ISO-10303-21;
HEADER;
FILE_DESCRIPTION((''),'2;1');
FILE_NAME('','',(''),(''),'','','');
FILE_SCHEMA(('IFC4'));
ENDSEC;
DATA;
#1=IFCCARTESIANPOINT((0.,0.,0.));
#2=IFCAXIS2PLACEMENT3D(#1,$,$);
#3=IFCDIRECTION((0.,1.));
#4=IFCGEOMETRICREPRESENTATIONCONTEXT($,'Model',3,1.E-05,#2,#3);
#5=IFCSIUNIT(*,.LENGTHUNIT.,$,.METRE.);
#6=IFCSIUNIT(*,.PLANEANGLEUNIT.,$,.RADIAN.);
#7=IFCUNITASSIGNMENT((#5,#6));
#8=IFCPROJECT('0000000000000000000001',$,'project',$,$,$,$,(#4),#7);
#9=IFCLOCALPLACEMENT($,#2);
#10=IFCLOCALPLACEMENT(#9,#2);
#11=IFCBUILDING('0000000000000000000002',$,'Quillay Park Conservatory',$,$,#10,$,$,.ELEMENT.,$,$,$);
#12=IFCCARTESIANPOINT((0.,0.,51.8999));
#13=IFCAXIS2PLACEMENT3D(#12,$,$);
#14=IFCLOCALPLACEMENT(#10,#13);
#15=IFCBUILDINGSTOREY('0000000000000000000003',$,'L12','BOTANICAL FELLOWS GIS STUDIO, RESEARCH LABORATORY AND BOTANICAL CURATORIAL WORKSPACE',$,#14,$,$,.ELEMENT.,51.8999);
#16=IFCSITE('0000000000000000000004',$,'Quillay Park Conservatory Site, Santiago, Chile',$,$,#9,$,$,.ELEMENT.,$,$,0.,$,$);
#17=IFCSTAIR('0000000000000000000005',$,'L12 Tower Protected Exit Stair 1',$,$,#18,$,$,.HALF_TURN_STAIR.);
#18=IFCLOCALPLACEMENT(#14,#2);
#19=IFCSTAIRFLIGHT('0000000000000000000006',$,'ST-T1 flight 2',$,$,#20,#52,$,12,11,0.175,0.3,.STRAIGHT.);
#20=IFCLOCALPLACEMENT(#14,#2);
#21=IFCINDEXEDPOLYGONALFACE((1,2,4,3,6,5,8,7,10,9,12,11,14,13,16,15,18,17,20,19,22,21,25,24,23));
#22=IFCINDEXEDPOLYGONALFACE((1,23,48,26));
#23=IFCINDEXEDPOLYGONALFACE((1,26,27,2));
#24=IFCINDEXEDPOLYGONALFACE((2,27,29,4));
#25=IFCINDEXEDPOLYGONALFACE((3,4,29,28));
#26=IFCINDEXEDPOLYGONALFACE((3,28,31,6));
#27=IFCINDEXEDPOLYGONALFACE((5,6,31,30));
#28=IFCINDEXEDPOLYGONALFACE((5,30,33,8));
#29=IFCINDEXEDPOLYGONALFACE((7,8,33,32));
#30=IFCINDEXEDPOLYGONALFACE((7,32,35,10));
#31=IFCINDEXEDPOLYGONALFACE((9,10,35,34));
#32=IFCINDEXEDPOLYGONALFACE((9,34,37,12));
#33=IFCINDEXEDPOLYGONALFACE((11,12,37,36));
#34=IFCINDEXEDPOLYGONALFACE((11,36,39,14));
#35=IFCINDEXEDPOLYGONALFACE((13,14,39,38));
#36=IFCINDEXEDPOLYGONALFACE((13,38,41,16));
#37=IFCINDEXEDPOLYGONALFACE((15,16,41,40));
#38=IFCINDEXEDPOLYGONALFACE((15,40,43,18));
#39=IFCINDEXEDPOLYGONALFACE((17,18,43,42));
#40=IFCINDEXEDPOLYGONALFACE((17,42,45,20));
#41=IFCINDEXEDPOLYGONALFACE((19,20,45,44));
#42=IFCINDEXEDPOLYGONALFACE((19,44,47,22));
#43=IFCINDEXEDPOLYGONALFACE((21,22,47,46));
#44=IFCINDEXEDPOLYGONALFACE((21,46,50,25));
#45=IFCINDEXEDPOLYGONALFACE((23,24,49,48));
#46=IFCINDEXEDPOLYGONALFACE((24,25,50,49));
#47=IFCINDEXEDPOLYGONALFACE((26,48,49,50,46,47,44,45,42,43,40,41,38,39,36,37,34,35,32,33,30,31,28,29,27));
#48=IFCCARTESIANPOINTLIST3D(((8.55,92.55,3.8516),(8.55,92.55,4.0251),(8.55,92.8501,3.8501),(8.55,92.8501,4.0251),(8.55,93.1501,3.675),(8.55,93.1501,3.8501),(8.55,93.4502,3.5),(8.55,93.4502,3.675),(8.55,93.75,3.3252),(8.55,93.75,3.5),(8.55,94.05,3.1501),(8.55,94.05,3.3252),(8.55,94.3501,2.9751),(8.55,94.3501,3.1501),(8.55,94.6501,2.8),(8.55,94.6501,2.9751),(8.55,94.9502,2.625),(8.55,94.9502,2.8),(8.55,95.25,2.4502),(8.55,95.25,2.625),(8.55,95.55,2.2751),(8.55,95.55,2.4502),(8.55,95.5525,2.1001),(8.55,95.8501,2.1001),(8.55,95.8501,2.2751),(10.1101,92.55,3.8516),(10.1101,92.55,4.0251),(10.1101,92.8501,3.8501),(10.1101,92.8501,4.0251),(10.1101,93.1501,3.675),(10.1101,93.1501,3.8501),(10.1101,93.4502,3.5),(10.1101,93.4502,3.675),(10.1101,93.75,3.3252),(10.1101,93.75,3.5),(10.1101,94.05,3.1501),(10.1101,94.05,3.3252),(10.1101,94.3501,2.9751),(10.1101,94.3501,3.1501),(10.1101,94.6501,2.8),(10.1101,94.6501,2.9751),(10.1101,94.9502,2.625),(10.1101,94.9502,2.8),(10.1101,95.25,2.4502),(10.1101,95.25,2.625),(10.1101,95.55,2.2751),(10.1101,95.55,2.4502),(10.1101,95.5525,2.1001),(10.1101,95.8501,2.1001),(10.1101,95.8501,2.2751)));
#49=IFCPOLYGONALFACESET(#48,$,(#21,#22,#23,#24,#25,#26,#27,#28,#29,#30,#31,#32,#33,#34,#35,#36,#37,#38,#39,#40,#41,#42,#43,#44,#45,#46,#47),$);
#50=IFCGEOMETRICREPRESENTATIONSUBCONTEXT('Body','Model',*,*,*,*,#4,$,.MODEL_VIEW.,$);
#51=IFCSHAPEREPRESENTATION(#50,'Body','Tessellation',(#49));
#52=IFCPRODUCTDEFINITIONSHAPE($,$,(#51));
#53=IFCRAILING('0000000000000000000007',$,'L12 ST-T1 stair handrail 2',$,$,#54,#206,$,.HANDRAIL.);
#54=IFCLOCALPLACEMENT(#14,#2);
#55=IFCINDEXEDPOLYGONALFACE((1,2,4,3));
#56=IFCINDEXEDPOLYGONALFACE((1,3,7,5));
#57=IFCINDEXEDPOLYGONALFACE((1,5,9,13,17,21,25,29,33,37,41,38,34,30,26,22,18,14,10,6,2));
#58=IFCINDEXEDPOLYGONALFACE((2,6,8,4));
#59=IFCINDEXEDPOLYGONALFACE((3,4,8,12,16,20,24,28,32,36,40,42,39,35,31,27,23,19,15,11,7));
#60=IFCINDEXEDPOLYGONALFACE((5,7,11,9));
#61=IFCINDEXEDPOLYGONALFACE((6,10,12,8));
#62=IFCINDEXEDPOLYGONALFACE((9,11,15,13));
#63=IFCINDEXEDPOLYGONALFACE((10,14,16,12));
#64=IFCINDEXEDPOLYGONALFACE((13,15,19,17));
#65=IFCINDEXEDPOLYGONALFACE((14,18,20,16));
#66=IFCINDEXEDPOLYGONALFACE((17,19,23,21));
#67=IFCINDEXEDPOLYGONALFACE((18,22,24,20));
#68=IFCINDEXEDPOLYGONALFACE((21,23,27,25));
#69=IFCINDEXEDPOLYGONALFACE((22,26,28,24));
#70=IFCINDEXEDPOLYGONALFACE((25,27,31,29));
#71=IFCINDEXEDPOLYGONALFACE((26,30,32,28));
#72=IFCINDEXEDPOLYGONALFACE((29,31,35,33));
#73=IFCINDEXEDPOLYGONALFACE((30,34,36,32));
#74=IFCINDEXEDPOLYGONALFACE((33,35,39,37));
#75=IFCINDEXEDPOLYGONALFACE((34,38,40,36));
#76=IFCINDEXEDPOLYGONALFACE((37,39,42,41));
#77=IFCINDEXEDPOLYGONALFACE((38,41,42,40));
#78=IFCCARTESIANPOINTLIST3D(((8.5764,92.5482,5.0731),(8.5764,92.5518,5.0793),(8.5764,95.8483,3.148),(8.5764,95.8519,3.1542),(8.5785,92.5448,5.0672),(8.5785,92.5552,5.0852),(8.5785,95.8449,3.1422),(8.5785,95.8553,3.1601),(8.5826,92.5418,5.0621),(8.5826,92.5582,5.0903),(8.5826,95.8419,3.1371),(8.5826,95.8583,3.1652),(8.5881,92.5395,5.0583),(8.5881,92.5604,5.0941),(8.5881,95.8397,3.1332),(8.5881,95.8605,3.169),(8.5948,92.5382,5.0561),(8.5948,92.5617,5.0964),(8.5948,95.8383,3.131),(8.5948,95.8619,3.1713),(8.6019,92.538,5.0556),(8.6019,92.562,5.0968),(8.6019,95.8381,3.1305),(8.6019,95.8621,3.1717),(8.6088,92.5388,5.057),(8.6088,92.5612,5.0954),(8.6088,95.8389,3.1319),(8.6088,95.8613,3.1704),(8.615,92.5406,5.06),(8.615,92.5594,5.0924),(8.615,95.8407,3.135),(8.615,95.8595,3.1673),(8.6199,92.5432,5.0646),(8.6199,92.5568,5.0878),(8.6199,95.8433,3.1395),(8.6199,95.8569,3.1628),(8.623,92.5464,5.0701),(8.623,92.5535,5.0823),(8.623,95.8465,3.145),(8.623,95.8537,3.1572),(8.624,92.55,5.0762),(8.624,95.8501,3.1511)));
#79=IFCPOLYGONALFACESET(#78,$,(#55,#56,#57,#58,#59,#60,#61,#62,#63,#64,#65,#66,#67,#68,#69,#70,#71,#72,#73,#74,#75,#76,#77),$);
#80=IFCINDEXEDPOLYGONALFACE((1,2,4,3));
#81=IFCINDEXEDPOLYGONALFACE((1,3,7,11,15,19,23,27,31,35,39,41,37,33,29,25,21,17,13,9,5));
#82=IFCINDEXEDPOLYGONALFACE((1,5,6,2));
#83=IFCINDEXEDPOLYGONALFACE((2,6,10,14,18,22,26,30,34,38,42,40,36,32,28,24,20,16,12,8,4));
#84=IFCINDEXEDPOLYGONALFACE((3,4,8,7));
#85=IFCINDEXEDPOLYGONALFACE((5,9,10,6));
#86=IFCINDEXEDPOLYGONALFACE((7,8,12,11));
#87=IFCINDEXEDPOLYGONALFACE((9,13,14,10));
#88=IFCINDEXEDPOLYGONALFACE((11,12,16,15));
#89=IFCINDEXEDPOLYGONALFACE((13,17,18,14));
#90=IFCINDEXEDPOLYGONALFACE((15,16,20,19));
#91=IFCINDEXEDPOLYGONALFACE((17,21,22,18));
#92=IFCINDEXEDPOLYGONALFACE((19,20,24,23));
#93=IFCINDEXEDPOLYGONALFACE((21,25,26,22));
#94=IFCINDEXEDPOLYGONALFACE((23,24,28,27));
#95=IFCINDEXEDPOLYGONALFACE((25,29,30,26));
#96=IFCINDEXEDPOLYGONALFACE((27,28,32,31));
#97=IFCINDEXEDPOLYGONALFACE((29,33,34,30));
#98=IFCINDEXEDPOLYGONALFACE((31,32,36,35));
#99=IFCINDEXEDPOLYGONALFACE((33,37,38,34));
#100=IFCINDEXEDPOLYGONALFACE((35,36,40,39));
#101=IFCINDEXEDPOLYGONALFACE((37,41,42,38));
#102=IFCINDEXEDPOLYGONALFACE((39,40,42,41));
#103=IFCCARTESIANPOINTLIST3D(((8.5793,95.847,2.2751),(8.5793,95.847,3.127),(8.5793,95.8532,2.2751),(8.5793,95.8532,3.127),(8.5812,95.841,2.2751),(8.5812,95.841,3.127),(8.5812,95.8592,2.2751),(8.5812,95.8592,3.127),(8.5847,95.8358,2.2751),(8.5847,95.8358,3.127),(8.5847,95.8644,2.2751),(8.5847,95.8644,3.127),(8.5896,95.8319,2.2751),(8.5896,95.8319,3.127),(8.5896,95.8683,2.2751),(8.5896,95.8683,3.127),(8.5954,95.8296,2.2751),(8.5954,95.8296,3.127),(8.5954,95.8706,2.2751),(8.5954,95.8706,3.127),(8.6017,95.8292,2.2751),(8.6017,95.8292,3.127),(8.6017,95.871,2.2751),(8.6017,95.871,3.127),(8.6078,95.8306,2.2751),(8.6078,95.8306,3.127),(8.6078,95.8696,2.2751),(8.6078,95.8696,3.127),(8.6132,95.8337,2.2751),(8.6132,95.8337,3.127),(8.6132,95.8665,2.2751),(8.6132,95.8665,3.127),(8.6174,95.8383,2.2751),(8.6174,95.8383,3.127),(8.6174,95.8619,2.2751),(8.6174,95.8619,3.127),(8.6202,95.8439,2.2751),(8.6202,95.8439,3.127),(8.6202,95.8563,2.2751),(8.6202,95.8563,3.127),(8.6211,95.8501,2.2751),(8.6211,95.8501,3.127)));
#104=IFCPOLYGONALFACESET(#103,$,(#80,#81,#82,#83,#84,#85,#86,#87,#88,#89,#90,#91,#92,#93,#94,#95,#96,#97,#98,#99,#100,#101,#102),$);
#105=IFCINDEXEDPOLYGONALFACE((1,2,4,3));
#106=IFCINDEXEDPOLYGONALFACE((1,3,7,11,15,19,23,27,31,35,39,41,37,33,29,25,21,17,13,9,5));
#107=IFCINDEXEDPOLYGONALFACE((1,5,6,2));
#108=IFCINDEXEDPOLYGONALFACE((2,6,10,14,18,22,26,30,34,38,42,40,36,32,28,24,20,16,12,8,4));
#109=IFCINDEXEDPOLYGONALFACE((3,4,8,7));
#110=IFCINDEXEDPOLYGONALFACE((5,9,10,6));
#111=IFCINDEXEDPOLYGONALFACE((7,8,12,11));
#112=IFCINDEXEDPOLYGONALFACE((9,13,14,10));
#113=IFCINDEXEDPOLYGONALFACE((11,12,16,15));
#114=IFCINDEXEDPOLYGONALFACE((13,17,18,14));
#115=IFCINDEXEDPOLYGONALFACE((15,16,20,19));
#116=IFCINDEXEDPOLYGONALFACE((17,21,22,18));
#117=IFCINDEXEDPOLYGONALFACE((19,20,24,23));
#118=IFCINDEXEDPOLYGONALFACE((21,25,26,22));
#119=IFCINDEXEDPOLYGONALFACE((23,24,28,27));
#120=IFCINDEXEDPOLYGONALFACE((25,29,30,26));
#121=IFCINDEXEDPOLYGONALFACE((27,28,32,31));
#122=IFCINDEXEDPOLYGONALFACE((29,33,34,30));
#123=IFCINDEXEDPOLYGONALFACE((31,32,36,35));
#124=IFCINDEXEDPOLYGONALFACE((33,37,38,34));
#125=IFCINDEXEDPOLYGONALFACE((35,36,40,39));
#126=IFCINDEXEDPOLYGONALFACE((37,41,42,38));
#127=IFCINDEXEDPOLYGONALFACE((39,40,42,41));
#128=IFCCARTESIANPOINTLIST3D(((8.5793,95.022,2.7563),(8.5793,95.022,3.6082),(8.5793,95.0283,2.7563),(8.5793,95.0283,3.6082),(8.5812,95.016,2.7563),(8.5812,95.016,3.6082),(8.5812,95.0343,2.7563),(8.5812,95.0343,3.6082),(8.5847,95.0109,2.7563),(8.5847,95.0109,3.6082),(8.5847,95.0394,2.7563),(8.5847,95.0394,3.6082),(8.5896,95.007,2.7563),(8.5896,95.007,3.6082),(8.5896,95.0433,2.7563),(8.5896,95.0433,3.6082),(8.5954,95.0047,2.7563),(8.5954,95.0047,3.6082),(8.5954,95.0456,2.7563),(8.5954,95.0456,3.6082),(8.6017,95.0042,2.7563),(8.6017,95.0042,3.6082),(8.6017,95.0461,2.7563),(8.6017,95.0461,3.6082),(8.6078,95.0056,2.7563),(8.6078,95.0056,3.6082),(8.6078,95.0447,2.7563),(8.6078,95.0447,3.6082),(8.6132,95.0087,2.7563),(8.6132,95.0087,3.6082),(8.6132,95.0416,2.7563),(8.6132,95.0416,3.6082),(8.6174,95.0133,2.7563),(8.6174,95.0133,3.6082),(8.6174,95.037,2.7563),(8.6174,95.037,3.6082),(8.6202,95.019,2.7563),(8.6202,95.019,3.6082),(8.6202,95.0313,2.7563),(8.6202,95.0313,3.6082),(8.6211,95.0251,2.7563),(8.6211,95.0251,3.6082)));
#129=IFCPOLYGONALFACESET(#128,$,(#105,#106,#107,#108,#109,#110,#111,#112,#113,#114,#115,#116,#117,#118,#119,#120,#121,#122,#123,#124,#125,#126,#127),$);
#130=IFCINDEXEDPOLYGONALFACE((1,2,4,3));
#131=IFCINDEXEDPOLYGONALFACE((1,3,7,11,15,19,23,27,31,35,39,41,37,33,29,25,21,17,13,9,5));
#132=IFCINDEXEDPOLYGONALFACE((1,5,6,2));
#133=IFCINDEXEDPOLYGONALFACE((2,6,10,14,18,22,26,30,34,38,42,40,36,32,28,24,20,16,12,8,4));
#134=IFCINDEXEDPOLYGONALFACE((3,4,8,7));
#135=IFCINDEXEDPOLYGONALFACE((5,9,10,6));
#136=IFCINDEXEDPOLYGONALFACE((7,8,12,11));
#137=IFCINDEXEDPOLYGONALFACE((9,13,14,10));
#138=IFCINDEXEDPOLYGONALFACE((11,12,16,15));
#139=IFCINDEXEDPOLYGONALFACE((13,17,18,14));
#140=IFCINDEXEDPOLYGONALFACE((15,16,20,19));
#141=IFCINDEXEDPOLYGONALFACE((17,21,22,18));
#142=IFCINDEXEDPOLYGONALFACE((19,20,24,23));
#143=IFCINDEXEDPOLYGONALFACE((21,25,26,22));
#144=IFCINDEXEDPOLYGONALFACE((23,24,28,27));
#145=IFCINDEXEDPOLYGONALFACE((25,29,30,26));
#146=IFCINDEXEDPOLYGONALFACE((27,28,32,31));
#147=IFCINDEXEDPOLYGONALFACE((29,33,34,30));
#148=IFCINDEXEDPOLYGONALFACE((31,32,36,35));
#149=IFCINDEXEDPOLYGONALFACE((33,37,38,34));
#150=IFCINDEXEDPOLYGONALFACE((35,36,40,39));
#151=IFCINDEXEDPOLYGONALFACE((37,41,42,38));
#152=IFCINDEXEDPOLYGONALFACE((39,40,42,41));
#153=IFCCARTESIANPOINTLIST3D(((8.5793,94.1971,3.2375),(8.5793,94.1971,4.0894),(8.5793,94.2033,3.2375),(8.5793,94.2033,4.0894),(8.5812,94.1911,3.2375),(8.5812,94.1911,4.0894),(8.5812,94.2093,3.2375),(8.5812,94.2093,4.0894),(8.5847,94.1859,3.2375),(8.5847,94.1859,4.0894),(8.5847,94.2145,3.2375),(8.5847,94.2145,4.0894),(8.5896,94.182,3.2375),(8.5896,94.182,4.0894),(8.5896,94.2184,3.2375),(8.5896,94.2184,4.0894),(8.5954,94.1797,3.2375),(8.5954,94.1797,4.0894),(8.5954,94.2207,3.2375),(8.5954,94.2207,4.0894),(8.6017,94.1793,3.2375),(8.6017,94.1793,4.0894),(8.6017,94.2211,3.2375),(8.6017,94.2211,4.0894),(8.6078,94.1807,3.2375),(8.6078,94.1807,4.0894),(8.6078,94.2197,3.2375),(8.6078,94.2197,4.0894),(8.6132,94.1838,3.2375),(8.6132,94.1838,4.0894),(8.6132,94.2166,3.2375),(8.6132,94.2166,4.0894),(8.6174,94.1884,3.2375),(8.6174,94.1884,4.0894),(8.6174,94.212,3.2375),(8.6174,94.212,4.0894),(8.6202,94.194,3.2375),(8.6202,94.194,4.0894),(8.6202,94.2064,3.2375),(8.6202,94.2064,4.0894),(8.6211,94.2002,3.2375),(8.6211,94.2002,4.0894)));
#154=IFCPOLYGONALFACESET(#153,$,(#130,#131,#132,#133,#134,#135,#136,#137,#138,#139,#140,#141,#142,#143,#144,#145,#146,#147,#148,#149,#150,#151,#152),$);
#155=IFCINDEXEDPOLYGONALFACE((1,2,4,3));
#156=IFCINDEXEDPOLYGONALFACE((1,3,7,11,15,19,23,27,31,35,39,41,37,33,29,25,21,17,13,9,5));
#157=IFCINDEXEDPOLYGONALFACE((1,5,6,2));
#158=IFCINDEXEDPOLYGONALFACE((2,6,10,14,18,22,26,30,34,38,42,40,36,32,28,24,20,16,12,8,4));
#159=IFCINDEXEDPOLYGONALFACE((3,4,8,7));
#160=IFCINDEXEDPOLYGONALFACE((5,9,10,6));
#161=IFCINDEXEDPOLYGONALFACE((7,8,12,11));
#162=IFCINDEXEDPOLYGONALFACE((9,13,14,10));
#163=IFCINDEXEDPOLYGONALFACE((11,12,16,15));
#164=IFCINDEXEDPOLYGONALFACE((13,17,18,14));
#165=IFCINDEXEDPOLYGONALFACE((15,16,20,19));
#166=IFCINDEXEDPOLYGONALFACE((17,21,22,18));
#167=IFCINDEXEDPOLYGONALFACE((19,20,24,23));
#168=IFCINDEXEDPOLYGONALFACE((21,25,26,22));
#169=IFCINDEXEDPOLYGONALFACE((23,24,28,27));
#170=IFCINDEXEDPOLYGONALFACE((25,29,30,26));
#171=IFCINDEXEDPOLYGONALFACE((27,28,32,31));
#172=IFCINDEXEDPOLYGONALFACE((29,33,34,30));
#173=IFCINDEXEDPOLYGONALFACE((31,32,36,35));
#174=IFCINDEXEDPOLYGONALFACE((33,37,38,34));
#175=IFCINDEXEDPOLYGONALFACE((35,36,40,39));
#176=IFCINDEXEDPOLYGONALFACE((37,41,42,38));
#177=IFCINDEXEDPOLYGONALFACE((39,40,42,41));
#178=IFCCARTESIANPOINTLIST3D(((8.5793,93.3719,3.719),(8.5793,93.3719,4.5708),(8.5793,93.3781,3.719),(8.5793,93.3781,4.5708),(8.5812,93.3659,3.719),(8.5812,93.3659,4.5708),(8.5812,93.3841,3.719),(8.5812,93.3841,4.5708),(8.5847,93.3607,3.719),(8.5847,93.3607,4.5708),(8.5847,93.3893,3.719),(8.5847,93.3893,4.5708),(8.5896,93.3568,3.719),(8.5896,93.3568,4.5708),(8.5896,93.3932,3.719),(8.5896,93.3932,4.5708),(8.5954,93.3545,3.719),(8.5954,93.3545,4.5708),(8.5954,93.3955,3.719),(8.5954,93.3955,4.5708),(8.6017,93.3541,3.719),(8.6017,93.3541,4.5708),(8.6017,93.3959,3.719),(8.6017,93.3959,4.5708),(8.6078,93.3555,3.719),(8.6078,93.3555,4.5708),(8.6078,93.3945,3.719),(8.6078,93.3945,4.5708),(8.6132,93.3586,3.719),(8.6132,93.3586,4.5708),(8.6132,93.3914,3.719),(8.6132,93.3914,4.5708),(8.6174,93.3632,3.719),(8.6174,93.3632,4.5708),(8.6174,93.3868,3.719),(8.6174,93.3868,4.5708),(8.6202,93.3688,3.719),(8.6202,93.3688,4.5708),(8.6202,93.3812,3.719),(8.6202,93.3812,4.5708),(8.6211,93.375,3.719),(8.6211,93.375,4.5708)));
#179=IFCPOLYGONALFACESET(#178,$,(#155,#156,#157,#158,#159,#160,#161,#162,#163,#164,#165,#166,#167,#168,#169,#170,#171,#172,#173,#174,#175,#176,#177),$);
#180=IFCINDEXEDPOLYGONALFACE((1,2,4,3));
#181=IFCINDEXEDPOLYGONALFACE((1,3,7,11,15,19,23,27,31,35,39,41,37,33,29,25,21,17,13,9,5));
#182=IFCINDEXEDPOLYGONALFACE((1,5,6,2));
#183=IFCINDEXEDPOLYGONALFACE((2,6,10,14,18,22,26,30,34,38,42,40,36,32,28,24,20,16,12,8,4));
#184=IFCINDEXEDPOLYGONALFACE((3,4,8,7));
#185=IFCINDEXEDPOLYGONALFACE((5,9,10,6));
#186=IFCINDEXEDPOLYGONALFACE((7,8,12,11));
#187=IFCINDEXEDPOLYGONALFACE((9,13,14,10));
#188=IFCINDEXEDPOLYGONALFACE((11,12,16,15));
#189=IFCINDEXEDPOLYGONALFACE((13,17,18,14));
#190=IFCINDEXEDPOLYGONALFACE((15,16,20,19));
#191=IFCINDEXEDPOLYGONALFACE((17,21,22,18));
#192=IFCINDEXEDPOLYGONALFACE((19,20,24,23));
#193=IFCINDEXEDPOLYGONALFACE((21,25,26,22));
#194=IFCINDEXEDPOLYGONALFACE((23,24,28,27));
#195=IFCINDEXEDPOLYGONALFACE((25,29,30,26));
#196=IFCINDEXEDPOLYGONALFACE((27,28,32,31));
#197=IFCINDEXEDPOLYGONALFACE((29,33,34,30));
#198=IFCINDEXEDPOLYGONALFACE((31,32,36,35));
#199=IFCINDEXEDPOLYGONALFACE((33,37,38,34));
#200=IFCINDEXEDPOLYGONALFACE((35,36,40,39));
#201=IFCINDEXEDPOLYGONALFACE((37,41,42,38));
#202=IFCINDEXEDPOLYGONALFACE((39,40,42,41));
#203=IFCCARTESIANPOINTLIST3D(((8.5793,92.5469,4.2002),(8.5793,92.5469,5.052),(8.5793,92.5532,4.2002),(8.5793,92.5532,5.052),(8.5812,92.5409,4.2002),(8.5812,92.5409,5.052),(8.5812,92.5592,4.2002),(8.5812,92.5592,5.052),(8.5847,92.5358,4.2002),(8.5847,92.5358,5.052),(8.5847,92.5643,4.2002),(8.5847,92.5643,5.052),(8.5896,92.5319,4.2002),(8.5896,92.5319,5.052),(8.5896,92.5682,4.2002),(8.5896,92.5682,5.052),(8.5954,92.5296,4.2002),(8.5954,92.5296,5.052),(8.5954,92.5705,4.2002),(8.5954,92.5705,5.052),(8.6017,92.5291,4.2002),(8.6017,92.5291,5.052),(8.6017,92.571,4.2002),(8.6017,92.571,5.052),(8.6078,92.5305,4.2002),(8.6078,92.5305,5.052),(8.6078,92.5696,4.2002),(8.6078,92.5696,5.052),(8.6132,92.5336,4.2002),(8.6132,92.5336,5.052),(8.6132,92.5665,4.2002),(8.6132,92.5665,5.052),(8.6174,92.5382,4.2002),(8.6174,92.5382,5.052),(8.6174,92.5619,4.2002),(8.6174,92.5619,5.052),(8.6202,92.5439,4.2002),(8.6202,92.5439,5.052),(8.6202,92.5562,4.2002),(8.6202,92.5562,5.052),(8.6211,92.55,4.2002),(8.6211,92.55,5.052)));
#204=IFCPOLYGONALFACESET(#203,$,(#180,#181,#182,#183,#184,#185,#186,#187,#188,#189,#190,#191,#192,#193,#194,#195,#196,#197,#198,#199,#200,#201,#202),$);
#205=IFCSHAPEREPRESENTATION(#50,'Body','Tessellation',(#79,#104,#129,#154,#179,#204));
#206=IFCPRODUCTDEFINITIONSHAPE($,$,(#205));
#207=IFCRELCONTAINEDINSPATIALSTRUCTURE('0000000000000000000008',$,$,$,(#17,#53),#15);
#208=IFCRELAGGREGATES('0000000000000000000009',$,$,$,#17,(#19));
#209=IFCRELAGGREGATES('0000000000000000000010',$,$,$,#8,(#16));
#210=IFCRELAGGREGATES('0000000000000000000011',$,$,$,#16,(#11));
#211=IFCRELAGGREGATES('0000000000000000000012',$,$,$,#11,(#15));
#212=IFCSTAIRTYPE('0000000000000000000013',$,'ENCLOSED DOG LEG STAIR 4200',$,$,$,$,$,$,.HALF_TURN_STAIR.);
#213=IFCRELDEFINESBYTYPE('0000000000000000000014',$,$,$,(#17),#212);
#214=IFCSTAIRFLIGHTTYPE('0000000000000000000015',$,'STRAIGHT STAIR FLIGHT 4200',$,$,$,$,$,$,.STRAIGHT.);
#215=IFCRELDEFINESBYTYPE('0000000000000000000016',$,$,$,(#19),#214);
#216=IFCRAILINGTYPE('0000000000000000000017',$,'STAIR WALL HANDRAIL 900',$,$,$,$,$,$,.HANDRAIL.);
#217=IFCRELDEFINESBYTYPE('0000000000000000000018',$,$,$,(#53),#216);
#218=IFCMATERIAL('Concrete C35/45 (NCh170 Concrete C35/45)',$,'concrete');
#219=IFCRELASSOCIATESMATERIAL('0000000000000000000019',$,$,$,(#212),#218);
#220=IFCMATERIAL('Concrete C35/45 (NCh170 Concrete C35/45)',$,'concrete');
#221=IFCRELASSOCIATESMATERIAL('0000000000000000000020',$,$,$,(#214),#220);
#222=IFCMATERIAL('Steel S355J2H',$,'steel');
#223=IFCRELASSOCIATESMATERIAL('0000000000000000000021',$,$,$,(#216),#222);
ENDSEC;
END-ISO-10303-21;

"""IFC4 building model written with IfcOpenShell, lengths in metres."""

from ifc_helpers import new_model, si_unit, direction, frame, origin, origin_2d, place, context, subcontext, project, spatial, polyline, circle, outline, extrude, material, type_object, element, aggregate, save


model = new_model("IFC4")

# Units and contexts
model_context = context("Model", 3, precision=1e-05, world=origin(), true_north=direction((0.0, 1.0)))
body_context = subcontext(model_context, "Body", "Model", "MODEL_VIEW")
ifc_project = project(units=[si_unit("LENGTHUNIT", "METRE"), si_unit("PLANEANGLEUNIT", "RADIAN")], contexts=[model_context])

# Site, building, storey
site_placement = place(None, origin())
site = spatial("IfcSite", under=ifc_project, at=site_placement, Name="Quillay Park Conservatory Site, Santiago, Chile", CompositionType="ELEMENT", RefElevation=0.0)
building_placement = place(site_placement, origin())
building = spatial("IfcBuilding", under=site, at=building_placement, Name="Quillay Park Conservatory", CompositionType="ELEMENT")
storey_placement = place(building_placement, frame((0.0, 0.0, 51.8999)))
storey = spatial("IfcBuildingStorey", under=building, at=storey_placement, Name="L12", Description="BOTANICAL FELLOWS GIS STUDIO, RESEARCH LABORATORY AND BOTANICAL CURATORIAL WORKSPACE", CompositionType="ELEMENT", Elevation=51.8999)

# Stair, stair flight
ifc_material_1 = material(Name="Concrete C35/45 (NCh170 Concrete C35/45)", Category="concrete")
stair_type = type_object("IfcStairType", Name="ENCLOSED DOG LEG STAIR 4200", PredefinedType="HALF_TURN_STAIR", material=ifc_material_1)
stair_placement = place(storey_placement, origin())
stair = element("IfcStair", 1, at=stair_placement, inside=storey, type_object=stair_type, Name="L12 Tower Protected Exit Stair 1", PredefinedType="HALF_TURN_STAIR")
ifc_material_2 = material(Name="Concrete C35/45 (NCh170 Concrete C35/45)", Category="concrete")
stair_flight_type = type_object("IfcStairFlightType", Name="STRAIGHT STAIR FLIGHT 4200", PredefinedType="STRAIGHT", material=ifc_material_2)
stair_flight_placement = place(storey_placement, frame((9.3301, 95.8501, 2.1001), z_axis=(0.0, 0.0, 1.0), x_axis=(0.0, -1.0, 0.0)))
stair_flight = element("IfcStairFlight", 2, at=stair_flight_placement, type_object=stair_flight_type, Name="ST-T1 flight 2", NumberOfRisers=12, NumberOfTreads=11, PredefinedType="STRAIGHT", RiserHeight=0.175, TreadLength=0.3, context=body_context, shape_type="SweptSolid", body=[
    extrude(outline(polyline([(0.0, 0.0), (0.0, 0.175), (0.3, 0.175), (0.3, 0.3501), (0.6001, 0.3501), (0.6001, 0.5249), (0.8999, 0.5249), (0.8999, 0.7), (1.2, 0.7), (1.2, 0.875), (1.5, 0.875), (1.5, 1.05), (1.8, 1.05), (1.8, 1.2251), (2.1001, 1.2251), (2.1001, 1.3999), (2.3999, 1.3999), (2.3999, 1.575), (2.7, 1.575), (2.7, 1.75), (3.0, 1.75), (3.0, 1.925), (3.3, 1.925), (3.3, 2.1001), (3.3, 1.7515), (0.2976, 0.0), (0.0, 0.0)])), frame((0.0, 0.78, 0.0), z_axis=(0.0, -1.0, 0.0), x_axis=(1.0, 0.0, 0.0)), (0.0, 0.0, 1.0), 1.5601),
])
aggregate(stair, [stair_flight])

# Railing
ifc_material_3 = material(Name="Steel S355J2H", Category="steel")
railing_type_1 = type_object("IfcRailingType", Name="STAIR WALL HANDRAIL 900", PredefinedType="HANDRAIL", material=ifc_material_3)
railing_1_placement = place(storey_placement, frame((8.6001, 95.8501, 2.2751)))
element("IfcRailing", 3, at=railing_1_placement, inside=storey, type_object=railing_type_1, Name="L12 ST-T1 stair handrail 2", PredefinedType="HANDRAIL", context=body_context, shape_type="SweptSolid", body=[
    extrude(circle(Radius=0.0239, at=origin_2d()), frame((0.0, 0.0, 0.876), z_axis=(0.0, -0.863777, 0.503875), x_axis=(1.0, 0.0, 0.0)), (0.0, 0.0, 1.0), 3.8206),
    extrude(circle(Radius=0.021, at=origin_2d()), origin(), (0.0, 0.0, 1.0), 0.8518),
    extrude(circle(Radius=0.021, at=origin_2d()), frame((0.0, -0.825, 0.4812)), (0.0, 0.0, 1.0), 0.8518),
    extrude(circle(Radius=0.021, at=origin_2d()), frame((0.0, -1.6499, 0.9624)), (0.0, 0.0, 1.0), 0.8518),
    extrude(circle(Radius=0.021, at=origin_2d()), frame((0.0, -2.4751, 1.4438)), (0.0, 0.0, 1.0), 0.8518),
    extrude(circle(Radius=0.021, at=origin_2d()), frame((0.0, -3.3, 1.925)), (0.0, 0.0, 1.0), 0.8518),
])

save(model, "model.ifc")
